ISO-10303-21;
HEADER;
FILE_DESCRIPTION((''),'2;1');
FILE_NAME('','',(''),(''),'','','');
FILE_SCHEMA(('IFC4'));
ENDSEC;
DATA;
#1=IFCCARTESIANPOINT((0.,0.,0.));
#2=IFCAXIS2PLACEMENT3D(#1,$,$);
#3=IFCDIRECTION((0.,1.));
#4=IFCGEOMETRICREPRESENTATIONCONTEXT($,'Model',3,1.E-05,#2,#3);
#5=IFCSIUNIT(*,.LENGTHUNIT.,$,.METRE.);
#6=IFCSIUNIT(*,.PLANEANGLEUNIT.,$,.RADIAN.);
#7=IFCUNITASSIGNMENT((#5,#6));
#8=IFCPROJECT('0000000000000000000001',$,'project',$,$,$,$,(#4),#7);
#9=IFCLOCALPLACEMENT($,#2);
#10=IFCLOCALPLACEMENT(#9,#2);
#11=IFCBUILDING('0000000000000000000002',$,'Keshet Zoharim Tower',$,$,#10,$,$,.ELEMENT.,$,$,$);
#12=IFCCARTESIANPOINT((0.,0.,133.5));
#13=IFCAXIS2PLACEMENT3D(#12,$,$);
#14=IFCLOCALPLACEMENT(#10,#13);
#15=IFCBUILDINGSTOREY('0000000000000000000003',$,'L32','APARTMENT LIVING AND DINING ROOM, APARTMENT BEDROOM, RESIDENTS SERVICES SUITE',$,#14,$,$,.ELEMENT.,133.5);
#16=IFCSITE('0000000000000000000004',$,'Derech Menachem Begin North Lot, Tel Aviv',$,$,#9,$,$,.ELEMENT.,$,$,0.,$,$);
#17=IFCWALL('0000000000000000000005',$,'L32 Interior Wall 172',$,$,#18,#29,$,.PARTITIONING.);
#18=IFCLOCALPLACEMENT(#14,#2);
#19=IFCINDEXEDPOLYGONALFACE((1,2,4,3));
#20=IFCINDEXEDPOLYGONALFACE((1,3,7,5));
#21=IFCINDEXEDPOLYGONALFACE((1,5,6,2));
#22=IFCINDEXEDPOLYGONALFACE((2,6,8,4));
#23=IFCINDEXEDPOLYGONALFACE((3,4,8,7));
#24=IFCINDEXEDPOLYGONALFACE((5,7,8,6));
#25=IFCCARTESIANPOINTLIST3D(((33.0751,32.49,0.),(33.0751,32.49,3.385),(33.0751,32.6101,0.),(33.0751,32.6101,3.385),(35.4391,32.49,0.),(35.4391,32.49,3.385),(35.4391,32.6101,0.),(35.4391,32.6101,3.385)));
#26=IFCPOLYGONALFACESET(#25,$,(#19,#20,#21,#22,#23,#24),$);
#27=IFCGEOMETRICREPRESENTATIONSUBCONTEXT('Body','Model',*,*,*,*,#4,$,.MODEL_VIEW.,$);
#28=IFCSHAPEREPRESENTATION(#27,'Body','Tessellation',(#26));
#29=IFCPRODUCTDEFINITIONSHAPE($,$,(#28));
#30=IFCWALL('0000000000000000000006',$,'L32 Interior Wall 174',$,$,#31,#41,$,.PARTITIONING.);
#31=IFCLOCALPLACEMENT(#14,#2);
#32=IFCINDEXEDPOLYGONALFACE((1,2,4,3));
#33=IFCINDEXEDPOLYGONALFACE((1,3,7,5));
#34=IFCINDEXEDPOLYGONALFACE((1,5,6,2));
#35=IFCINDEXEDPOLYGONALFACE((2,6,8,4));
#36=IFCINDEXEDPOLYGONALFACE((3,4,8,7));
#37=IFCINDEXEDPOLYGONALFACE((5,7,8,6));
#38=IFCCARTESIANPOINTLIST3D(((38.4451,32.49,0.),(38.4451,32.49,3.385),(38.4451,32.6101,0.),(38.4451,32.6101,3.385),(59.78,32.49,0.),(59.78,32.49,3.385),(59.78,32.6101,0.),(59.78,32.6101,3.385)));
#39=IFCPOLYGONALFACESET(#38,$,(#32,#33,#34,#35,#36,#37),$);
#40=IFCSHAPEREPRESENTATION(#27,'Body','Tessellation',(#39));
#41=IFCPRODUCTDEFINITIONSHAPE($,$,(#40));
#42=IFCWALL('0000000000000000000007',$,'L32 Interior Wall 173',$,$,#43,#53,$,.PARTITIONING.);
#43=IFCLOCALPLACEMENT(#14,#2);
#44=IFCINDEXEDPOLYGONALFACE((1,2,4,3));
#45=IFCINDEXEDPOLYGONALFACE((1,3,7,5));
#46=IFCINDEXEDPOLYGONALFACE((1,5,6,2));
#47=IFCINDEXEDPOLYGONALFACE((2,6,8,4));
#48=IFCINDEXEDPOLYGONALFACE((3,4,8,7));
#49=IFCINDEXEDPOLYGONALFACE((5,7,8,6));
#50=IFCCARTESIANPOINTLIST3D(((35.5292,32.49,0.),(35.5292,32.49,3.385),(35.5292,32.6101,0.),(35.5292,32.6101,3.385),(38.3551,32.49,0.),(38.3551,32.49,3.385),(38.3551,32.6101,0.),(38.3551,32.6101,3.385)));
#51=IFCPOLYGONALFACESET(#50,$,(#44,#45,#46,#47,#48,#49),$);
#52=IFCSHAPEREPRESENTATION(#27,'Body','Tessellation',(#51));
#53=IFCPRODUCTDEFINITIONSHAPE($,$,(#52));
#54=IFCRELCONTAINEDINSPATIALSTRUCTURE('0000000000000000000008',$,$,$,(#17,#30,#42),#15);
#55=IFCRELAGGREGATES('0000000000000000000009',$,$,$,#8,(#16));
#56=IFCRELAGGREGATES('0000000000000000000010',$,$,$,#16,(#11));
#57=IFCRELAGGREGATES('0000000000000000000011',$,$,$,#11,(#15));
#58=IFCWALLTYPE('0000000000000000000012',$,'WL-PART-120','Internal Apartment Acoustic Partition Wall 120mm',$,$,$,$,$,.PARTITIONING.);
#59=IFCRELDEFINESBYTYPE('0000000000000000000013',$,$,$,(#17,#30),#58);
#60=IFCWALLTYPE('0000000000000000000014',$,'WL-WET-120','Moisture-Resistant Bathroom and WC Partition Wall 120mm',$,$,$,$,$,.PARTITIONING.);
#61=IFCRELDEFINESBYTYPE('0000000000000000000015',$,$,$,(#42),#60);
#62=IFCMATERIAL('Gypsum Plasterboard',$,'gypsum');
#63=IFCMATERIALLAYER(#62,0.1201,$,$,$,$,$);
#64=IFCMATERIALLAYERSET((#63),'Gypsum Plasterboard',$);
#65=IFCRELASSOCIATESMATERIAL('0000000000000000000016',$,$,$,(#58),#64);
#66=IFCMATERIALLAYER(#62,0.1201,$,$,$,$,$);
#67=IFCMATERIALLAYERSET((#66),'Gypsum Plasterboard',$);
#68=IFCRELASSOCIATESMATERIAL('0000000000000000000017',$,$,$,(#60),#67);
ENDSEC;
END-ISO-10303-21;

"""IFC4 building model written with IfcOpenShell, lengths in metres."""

from ifc_helpers import new_model, si_unit, direction, frame, frame_2d, origin, place, context, subcontext, project, spatial, rectangle, extrude, material, layer, layer_set, type_object, element, save


model = new_model("IFC4")

# Units and contexts
model_context = context("Model", 3, precision=1e-05, world=origin(), true_north=direction((0.0, 1.0)))
body_context = subcontext(model_context, "Body", "Model", "MODEL_VIEW")
ifc_project = project(units=[si_unit("LENGTHUNIT", "METRE"), si_unit("PLANEANGLEUNIT", "RADIAN")], contexts=[model_context])

# Site, building, storey
site_placement = place(None, origin())
site = spatial("IfcSite", under=ifc_project, at=site_placement, Name="Derech Menachem Begin North Lot, Tel Aviv", CompositionType="ELEMENT", RefElevation=0.0)
building_placement = place(site_placement, origin())
building = spatial("IfcBuilding", under=site, at=building_placement, Name="Keshet Zoharim Tower", CompositionType="ELEMENT")
storey_placement = place(building_placement, frame((0.0, 0.0, 133.5)))
storey = spatial("IfcBuildingStorey", under=building, at=storey_placement, Name="L32", Description="APARTMENT LIVING AND DINING ROOM, APARTMENT BEDROOM, RESIDENTS SERVICES SUITE", CompositionType="ELEMENT", Elevation=133.5)

# Shared definitions
ifc_material_1 = material(Name="Gypsum Plasterboard", Category="gypsum")

# Shared definitions
ifc_layer_1 = layer(ifc_material_1, 0.1201)
ifc_layer_set_1 = layer_set([ifc_layer_1], Name="Gypsum Plasterboard")
wall_type_1 = type_object("IfcWallType", Name="WL-PART-120", Description="Internal Apartment Acoustic Partition Wall 120mm", PredefinedType="PARTITIONING", material=ifc_layer_set_1)

# Walls
wall_1_placement = place(storey_placement, frame((33.075, 32.55, 0.0), z_axis=(0.0, 0.0, 1.0), x_axis=(1.0, 0.0, 0.0)))
element("IfcWall", 1, at=wall_1_placement, inside=storey, type_object=wall_type_1, Name="L32 Interior Wall 172", PredefinedType="PARTITIONING", context=body_context, shape_type="SweptSolid", body=[
    extrude(rectangle(XDim=2.364, YDim=0.1201, at=frame_2d((1.1821, 0.0))), origin(), (0.0, 0.0, 1.0), 3.385),
])
wall_2_placement = place(storey_placement, frame((38.4451, 32.55, 0.0), z_axis=(0.0, 0.0, 1.0), x_axis=(1.0, 0.0, 0.0)))
element("IfcWall", 2, at=wall_2_placement, inside=storey, type_object=wall_type_1, Name="L32 Interior Wall 174", PredefinedType="PARTITIONING", context=body_context, shape_type="SweptSolid", body=[
    extrude(rectangle(XDim=21.335, YDim=0.1201, at=frame_2d((10.6675, 0.0))), origin(), (0.0, 0.0, 1.0), 3.385),
])

# Wall
ifc_layer_2 = layer(ifc_material_1, 0.1201)
ifc_layer_set_2 = layer_set([ifc_layer_2], Name="Gypsum Plasterboard")
wall_type_2 = type_object("IfcWallType", Name="WL-WET-120", Description="Moisture-Resistant Bathroom and WC Partition Wall 120mm", PredefinedType="PARTITIONING", material=ifc_layer_set_2)
wall_3_placement = place(storey_placement, frame((35.5291, 32.55, 0.0), z_axis=(0.0, 0.0, 1.0), x_axis=(1.0, 0.0, 0.0)))
element("IfcWall", 3, at=wall_3_placement, inside=storey, type_object=wall_type_2, Name="L32 Interior Wall 173", PredefinedType="PARTITIONING", context=body_context, shape_type="SweptSolid", body=[
    extrude(rectangle(XDim=2.8259, YDim=0.1201, at=frame_2d((1.4131, 0.0))), origin(), (0.0, 0.0, 1.0), 3.385),
])

save(model, "model.ifc")
